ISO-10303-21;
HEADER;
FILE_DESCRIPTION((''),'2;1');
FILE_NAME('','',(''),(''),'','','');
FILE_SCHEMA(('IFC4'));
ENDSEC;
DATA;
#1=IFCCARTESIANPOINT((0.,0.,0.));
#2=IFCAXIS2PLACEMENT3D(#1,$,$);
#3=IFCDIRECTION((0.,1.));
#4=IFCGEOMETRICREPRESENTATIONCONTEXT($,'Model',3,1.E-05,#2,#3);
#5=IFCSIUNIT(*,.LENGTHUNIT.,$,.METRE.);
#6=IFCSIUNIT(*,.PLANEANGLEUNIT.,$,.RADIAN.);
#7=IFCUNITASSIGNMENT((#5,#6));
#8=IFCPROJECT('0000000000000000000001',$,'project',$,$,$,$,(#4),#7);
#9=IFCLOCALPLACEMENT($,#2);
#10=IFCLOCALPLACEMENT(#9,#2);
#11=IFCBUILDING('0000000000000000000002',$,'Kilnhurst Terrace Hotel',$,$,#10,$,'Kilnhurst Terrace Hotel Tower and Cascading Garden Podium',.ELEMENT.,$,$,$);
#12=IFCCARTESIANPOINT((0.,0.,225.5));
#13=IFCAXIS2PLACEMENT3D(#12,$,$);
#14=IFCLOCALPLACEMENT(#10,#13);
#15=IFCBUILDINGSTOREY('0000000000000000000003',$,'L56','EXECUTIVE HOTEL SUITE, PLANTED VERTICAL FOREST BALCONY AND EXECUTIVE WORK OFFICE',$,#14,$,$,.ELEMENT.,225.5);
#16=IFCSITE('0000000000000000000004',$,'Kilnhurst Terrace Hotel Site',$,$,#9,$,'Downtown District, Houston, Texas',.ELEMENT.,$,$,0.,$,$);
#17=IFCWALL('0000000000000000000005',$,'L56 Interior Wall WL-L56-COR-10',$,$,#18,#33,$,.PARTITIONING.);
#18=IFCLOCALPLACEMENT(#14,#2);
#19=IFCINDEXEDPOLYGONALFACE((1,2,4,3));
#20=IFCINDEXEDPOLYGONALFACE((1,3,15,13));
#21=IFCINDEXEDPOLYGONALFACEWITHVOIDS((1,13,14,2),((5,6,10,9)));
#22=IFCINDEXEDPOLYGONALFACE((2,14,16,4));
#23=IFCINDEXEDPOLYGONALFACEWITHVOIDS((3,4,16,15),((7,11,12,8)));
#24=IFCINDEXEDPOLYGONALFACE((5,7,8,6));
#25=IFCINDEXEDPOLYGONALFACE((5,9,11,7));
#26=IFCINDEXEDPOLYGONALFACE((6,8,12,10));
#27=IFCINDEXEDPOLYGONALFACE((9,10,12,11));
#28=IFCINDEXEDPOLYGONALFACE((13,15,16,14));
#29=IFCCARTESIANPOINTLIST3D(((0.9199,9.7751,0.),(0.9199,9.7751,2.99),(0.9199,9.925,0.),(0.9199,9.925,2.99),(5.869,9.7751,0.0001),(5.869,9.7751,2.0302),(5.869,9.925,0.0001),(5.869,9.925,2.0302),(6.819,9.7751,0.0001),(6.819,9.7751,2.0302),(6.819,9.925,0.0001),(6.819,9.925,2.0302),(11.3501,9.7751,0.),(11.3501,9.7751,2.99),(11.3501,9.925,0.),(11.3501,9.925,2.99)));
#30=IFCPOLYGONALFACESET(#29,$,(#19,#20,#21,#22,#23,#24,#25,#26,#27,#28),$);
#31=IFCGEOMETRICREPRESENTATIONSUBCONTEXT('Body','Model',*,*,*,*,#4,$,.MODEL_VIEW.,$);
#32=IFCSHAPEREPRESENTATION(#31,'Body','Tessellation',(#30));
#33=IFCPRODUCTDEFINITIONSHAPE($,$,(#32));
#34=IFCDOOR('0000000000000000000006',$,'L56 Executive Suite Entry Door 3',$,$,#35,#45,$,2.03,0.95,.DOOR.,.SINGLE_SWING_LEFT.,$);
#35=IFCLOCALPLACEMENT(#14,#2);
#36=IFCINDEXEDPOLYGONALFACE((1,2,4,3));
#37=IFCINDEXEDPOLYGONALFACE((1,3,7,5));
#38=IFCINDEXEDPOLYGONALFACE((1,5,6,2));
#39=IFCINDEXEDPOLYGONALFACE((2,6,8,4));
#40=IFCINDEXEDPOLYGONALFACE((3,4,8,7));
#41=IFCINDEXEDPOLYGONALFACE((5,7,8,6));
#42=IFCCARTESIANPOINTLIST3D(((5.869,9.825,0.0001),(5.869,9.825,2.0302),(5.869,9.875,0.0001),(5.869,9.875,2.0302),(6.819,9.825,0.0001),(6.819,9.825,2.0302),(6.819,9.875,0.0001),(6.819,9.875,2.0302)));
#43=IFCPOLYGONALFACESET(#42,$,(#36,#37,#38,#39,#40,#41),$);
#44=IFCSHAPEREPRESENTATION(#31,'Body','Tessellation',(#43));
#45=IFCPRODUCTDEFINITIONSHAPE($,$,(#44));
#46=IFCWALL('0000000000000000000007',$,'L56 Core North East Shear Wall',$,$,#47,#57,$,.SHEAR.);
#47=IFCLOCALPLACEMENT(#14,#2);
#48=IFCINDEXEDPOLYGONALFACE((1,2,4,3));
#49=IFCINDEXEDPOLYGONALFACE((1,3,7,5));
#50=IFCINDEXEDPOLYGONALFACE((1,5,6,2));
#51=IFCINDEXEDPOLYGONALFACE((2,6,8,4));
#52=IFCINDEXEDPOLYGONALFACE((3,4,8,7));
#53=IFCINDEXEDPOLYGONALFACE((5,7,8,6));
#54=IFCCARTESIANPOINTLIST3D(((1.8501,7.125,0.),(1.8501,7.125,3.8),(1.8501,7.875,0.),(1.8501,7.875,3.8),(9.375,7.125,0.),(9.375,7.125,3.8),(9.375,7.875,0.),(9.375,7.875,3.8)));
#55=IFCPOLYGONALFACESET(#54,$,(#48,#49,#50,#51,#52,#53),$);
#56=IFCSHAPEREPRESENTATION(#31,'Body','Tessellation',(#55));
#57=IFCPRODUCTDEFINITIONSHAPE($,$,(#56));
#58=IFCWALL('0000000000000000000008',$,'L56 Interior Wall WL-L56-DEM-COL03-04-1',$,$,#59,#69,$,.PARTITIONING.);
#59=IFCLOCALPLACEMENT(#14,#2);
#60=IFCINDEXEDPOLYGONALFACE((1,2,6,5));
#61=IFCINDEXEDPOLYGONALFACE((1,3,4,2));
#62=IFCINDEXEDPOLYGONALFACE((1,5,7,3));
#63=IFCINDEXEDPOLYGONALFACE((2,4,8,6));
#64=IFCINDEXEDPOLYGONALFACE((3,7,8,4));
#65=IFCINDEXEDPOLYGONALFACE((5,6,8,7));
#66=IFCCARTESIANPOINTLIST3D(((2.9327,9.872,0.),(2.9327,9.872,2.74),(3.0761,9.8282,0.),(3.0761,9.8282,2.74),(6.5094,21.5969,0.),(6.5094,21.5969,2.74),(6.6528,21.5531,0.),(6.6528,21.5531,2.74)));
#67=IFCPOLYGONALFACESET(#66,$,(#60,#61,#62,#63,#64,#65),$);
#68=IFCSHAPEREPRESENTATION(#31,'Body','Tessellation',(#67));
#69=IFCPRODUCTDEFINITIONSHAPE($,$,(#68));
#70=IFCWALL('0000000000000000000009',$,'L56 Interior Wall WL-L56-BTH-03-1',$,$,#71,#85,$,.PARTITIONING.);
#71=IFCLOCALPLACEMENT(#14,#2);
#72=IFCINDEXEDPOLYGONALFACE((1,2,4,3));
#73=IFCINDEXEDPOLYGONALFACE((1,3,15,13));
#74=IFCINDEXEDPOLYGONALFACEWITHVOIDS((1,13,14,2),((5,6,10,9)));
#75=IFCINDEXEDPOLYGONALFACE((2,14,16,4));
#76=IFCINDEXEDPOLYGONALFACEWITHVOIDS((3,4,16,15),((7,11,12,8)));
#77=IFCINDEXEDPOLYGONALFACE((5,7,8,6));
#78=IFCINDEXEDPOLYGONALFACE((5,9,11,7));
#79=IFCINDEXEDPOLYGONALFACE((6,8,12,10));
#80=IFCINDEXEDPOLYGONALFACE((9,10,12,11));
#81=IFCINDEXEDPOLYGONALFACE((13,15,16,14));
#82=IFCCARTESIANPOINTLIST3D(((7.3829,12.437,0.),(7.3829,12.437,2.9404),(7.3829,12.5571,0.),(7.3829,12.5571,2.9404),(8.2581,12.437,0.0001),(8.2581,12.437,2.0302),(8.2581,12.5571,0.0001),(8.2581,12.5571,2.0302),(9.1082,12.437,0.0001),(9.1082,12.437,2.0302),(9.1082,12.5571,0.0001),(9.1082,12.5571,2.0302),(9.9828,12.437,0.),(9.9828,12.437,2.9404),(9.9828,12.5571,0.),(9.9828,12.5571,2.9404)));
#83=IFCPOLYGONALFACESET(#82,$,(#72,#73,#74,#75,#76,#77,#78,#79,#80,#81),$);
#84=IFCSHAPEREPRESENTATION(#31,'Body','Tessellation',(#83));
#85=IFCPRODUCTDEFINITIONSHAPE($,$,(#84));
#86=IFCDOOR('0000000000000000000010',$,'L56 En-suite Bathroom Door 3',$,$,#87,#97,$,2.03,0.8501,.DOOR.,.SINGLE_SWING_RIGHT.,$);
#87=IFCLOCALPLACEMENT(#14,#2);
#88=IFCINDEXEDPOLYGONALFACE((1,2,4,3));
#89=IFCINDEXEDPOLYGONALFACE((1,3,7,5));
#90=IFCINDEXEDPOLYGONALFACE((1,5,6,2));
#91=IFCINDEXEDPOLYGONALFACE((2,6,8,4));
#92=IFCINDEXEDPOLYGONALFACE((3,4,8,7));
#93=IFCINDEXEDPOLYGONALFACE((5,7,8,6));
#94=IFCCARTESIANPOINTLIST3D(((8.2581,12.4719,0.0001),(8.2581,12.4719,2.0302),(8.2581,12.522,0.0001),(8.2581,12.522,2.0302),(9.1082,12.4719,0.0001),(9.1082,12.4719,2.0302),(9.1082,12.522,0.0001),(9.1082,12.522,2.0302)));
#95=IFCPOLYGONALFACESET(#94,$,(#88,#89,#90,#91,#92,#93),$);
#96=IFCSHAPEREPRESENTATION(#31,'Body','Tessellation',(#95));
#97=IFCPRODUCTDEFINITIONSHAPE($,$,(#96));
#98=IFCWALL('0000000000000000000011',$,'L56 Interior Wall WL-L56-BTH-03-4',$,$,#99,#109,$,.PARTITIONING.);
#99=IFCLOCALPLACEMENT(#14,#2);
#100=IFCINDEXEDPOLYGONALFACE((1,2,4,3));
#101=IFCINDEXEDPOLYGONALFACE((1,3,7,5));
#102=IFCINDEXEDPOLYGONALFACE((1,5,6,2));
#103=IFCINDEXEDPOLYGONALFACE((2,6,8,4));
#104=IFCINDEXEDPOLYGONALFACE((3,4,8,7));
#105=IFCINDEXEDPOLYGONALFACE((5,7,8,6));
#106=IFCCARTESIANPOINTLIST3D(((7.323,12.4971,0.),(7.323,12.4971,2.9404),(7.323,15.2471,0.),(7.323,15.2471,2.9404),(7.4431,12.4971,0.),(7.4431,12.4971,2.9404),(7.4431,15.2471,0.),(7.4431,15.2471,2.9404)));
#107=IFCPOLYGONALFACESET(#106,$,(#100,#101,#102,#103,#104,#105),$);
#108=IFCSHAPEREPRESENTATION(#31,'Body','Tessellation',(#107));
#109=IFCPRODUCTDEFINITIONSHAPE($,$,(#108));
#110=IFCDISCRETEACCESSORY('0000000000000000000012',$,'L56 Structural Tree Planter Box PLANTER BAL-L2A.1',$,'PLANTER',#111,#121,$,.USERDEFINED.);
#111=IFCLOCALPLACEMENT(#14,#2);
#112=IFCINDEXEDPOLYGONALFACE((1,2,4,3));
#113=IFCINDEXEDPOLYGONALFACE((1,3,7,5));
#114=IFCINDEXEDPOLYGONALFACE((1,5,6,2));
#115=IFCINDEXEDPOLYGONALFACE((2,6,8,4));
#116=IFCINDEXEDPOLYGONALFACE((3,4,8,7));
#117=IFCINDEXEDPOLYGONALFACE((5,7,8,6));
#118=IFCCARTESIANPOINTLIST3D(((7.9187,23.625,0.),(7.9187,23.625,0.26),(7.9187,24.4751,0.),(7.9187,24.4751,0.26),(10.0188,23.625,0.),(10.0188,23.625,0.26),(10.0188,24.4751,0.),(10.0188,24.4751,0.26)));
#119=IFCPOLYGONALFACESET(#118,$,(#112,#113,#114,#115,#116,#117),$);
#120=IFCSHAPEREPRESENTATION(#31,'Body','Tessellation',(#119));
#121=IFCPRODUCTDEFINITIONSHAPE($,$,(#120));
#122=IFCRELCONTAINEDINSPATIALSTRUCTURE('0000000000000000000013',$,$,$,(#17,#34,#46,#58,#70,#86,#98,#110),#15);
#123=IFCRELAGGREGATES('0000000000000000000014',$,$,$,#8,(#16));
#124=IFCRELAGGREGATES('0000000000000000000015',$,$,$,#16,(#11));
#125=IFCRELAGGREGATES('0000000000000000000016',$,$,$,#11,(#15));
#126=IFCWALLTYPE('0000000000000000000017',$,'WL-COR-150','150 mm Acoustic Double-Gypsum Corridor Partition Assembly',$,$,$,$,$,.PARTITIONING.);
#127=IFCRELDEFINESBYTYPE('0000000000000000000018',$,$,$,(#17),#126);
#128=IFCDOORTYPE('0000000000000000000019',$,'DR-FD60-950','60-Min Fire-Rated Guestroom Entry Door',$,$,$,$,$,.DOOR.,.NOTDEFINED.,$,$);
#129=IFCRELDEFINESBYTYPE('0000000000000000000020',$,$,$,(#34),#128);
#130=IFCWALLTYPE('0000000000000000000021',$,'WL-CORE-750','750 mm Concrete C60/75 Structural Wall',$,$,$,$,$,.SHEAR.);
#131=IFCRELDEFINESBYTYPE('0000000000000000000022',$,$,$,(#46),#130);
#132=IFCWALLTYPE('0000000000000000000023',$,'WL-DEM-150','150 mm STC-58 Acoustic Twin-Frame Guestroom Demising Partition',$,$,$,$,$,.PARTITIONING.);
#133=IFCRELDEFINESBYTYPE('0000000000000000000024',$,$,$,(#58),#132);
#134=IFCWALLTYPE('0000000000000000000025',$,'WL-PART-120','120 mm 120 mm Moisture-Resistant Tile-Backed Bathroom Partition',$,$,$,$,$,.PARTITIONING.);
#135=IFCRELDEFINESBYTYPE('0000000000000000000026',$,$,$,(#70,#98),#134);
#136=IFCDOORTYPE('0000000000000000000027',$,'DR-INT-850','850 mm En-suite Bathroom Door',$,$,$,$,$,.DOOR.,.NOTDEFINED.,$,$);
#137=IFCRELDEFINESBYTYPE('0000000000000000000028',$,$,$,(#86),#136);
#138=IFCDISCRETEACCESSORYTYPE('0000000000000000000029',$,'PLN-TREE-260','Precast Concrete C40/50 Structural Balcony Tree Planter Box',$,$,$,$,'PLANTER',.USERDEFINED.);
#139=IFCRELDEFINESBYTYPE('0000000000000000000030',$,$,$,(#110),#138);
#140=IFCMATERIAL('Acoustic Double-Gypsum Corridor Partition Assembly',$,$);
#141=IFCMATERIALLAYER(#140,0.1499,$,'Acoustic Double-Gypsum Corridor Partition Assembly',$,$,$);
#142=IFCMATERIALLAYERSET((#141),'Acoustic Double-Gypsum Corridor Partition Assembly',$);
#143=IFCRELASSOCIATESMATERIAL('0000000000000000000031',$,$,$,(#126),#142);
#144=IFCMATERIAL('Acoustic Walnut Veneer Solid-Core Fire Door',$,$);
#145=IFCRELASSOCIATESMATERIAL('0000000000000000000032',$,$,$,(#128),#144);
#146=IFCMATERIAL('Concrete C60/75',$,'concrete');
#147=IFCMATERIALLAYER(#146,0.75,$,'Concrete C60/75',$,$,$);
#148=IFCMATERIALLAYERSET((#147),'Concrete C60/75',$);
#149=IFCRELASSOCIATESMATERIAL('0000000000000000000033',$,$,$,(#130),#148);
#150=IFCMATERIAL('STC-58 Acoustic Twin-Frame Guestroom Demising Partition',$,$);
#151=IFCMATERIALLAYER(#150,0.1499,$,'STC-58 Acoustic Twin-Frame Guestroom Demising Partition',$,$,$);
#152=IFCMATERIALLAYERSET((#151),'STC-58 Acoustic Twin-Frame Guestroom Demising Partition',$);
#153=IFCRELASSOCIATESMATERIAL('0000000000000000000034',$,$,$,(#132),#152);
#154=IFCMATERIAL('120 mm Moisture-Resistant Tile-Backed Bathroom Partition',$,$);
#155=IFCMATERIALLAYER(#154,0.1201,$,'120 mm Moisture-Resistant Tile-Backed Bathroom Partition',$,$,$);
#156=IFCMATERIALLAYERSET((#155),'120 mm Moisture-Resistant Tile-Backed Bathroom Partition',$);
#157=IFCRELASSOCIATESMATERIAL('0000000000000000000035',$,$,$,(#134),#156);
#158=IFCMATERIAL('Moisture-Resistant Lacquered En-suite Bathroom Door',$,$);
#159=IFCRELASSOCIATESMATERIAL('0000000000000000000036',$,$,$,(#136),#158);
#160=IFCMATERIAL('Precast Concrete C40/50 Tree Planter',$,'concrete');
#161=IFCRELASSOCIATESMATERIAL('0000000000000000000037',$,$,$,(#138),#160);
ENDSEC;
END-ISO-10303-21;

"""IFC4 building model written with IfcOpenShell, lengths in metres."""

from ifc_helpers import new_model, si_unit, direction, frame, frame_2d, origin, origin_2d, place, context, subcontext, project, spatial, rectangle, extrude, material, layer, layer_set, type_object, element, fill, save


model = new_model("IFC4")

# Units and contexts
model_context = context("Model", 3, precision=1e-05, world=origin(), true_north=direction((0.0, 1.0)))
body_context = subcontext(model_context, "Body", "Model", "MODEL_VIEW")
ifc_project = project(units=[si_unit("LENGTHUNIT", "METRE"), si_unit("PLANEANGLEUNIT", "RADIAN")], contexts=[model_context])

# Site, building, storey
site_placement = place(None, origin())
site = spatial("IfcSite", under=ifc_project, at=site_placement, Name="Kilnhurst Terrace Hotel Site", LongName="Downtown District, Houston, Texas", CompositionType="ELEMENT", RefElevation=0.0)
building_placement = place(site_placement, origin())
building = spatial("IfcBuilding", under=site, at=building_placement, Name="Kilnhurst Terrace Hotel", LongName="Kilnhurst Terrace Hotel Tower and Cascading Garden Podium", CompositionType="ELEMENT")
storey_placement = place(building_placement, frame((0.0, 0.0, 225.5)))
storey = spatial("IfcBuildingStorey", under=building, at=storey_placement, Name="L56", Description="EXECUTIVE HOTEL SUITE, PLANTED VERTICAL FOREST BALCONY AND EXECUTIVE WORK OFFICE", CompositionType="ELEMENT", Elevation=225.5)

# Shared definitions
ifc_material_1 = material(Name="Concrete C60/75", Category="concrete")

# Shared definitions
ifc_material_2 = material(Name="Acoustic Double-Gypsum Corridor Partition Assembly")
ifc_layer_1 = layer(ifc_material_2, 0.1499, Name="Acoustic Double-Gypsum Corridor Partition Assembly")
ifc_layer_set_1 = layer_set([ifc_layer_1], Name="Acoustic Double-Gypsum Corridor Partition Assembly")
wall_type_1 = type_object("IfcWallType", Name="WL-COR-150", Description="150 mm Acoustic Double-Gypsum Corridor Partition Assembly", PredefinedType="PARTITIONING", material=ifc_layer_set_1)

# Wall, opening, door
wall_1_placement = place(storey_placement, frame((0.9199, 9.8501, 0.0), z_axis=(0.0, 0.0, 1.0), x_axis=(1.0, 0.0, 0.0)))
wall_1 = element("IfcWall", 1, at=wall_1_placement, inside=storey, type_object=wall_type_1, Name="L56 Interior Wall WL-L56-COR-10", PredefinedType="PARTITIONING", context=body_context, shape_type="SweptSolid", body=[
    extrude(rectangle(XDim=10.4302, YDim=0.1499, at=frame_2d((5.2151, 0.0))), origin(), (0.0, 0.0, 1.0), 2.99),
])
opening_1_placement = place(wall_1_placement, frame((4.949, 0.0, 0.0)))
opening_1 = element("IfcOpeningElement", 2, at=opening_1_placement, cuts=wall_1, PredefinedType="OPENING", context=body_context, shape_type="SweptSolid", body=[
    extrude(rectangle(XDim=0.95, YDim=2.03, at=frame_2d((0.4751, 1.0151))), frame((0.0, 0.085, 0.0), z_axis=(0.0, -1.0, 0.0), x_axis=(1.0, 0.0, 0.0)), (0.0, 0.0, 1.0), 0.1699),
])
ifc_material_3 = material(Name="Acoustic Walnut Veneer Solid-Core Fire Door")
door_type_1 = type_object("IfcDoorType", Name="DR-FD60-950", Description="60-Min Fire-Rated Guestroom Entry Door", OperationType="NOTDEFINED", PredefinedType="DOOR", material=ifc_material_3)
door_1_placement = place(opening_1_placement, origin())
door_1 = element("IfcDoor", 3, at=door_1_placement, inside=storey, type_object=door_type_1, Name="L56 Executive Suite Entry Door 3", OperationType="SINGLE_SWING_LEFT", OverallHeight=2.03, OverallWidth=0.95, PredefinedType="DOOR", context=body_context, shape_type="SweptSolid", body=[
    extrude(rectangle(XDim=0.95, YDim=2.03, at=frame_2d((0.4751, 1.0151))), frame((0.0, 0.0249, 0.0), z_axis=(0.0, -1.0, 0.0), x_axis=(1.0, 0.0, 0.0)), (0.0, 0.0, 1.0), 0.05),
])
fill(opening_1, door_1)

# Walls
ifc_layer_2 = layer(ifc_material_1, 0.75, Name="Concrete C60/75")
ifc_layer_set_2 = layer_set([ifc_layer_2], Name="Concrete C60/75")
wall_type_2 = type_object("IfcWallType", Name="WL-CORE-750", Description="750 mm Concrete C60/75 Structural Wall", PredefinedType="SHEAR", material=ifc_layer_set_2)
wall_2_placement = place(storey_placement, frame((1.8501, 7.5, 0.0), z_axis=(0.0, 0.0, 1.0), x_axis=(1.0, 0.0, 0.0)))
element("IfcWall", 4, at=wall_2_placement, inside=storey, type_object=wall_type_2, Name="L56 Core North East Shear Wall", PredefinedType="SHEAR", context=body_context, shape_type="SweptSolid", body=[
    extrude(rectangle(XDim=7.5249, YDim=0.75, at=frame_2d((3.7625, 0.0))), origin(), (0.0, 0.0, 1.0), 3.8),
])
ifc_material_4 = material(Name="STC-58 Acoustic Twin-Frame Guestroom Demising Partition")
ifc_layer_3 = layer(ifc_material_4, 0.1499, Name="STC-58 Acoustic Twin-Frame Guestroom Demising Partition")
ifc_layer_set_3 = layer_set([ifc_layer_3], Name="STC-58 Acoustic Twin-Frame Guestroom Demising Partition")
wall_type_3 = type_object("IfcWallType", Name="WL-DEM-150", Description="150 mm STC-58 Acoustic Twin-Frame Guestroom Demising Partition", PredefinedType="PARTITIONING", material=ifc_layer_set_3)
wall_3_placement = place(storey_placement, frame((3.0044, 9.8501, 0.0), z_axis=(0.0, 0.0, 1.0), x_axis=(0.291776, 0.956487, 0.0)))
element("IfcWall", 5, at=wall_3_placement, inside=storey, type_object=wall_type_3, Name="L56 Interior Wall WL-L56-DEM-COL03-04-1", PredefinedType="PARTITIONING", context=body_context, shape_type="SweptSolid", body=[
    extrude(rectangle(XDim=12.2583, YDim=0.1499, at=frame_2d((6.1292, 0.0))), origin(), (0.0, 0.0, 1.0), 2.74),
])

# Wall, opening, door
ifc_material_5 = material(Name="120 mm Moisture-Resistant Tile-Backed Bathroom Partition")
ifc_layer_4 = layer(ifc_material_5, 0.1201, Name="120 mm Moisture-Resistant Tile-Backed Bathroom Partition")
ifc_layer_set_4 = layer_set([ifc_layer_4], Name="120 mm Moisture-Resistant Tile-Backed Bathroom Partition")
wall_type_4 = type_object("IfcWallType", Name="WL-PART-120", Description="120 mm 120 mm Moisture-Resistant Tile-Backed Bathroom Partition", PredefinedType="PARTITIONING", material=ifc_layer_set_4)
wall_4_placement = place(storey_placement, frame((7.3831, 12.4971, 0.0), z_axis=(0.0, 0.0, 1.0), x_axis=(1.0, 0.0, 0.0)))
wall_4 = element("IfcWall", 6, at=wall_4_placement, inside=storey, type_object=wall_type_4, Name="L56 Interior Wall WL-L56-BTH-03-1", PredefinedType="PARTITIONING", context=body_context, shape_type="SweptSolid", body=[
    extrude(rectangle(XDim=2.5999, YDim=0.1201, at=frame_2d((1.2998, 0.0))), origin(), (0.0, 0.0, 1.0), 2.9404),
])
opening_2_placement = place(wall_4_placement, frame((0.875, 0.0, 0.0)))
opening_2 = element("IfcOpeningElement", 7, at=opening_2_placement, cuts=wall_4, PredefinedType="OPENING", context=body_context, shape_type="SweptSolid", body=[
    extrude(rectangle(XDim=0.8501, YDim=2.03, at=frame_2d((0.425, 1.0151))), frame((0.0, 0.0701, 0.0), z_axis=(0.0, -1.0, 0.0), x_axis=(1.0, 0.0, 0.0)), (0.0, 0.0, 1.0), 0.1401),
])
ifc_material_6 = material(Name="Moisture-Resistant Lacquered En-suite Bathroom Door")
door_type_2 = type_object("IfcDoorType", Name="DR-INT-850", Description="850 mm En-suite Bathroom Door", OperationType="NOTDEFINED", PredefinedType="DOOR", material=ifc_material_6)
door_2_placement = place(opening_2_placement, origin())
door_2 = element("IfcDoor", 8, at=door_2_placement, inside=storey, type_object=door_type_2, Name="L56 En-suite Bathroom Door 3", OperationType="SINGLE_SWING_RIGHT", OverallHeight=2.03, OverallWidth=0.8501, PredefinedType="DOOR", context=body_context, shape_type="SweptSolid", body=[
    extrude(rectangle(XDim=0.8501, YDim=2.03, at=frame_2d((0.425, 1.0151))), frame((0.0, 0.0249, 0.0), z_axis=(0.0, -1.0, 0.0), x_axis=(1.0, 0.0, 0.0)), (0.0, 0.0, 1.0), 0.05),
])
fill(opening_2, door_2)

# Wall
wall_5_placement = place(storey_placement, frame((7.3831, 15.2471, 0.0), z_axis=(0.0, 0.0, 1.0), x_axis=(0.0, -1.0, 0.0)))
element("IfcWall", 9, at=wall_5_placement, inside=storey, type_object=wall_type_4, Name="L56 Interior Wall WL-L56-BTH-03-4", PredefinedType="PARTITIONING", context=body_context, shape_type="SweptSolid", body=[
    extrude(rectangle(XDim=2.75, YDim=0.1201, at=frame_2d((1.375, 0.0))), origin(), (0.0, 0.0, 1.0), 2.9404),
])

# Discrete accessory
ifc_material_7 = material(Name="Precast Concrete C40/50 Tree Planter", Category="concrete")
discrete_accessory_type = type_object("IfcDiscreteAccessoryType", Name="PLN-TREE-260", Description="Precast Concrete C40/50 Structural Balcony Tree Planter Box", ElementType="PLANTER", PredefinedType="USERDEFINED", material=ifc_material_7)
discrete_accessory_placement = place(storey_placement, frame((8.9688, 24.05, 0.0), z_axis=(0.0, 0.0, 1.0), x_axis=(-1.0, 0.0, 0.0)))
element("IfcDiscreteAccessory", 10, at=discrete_accessory_placement, inside=storey, type_object=discrete_accessory_type, Name="L56 Structural Tree Planter Box PLANTER BAL-L2A.1", ObjectType="PLANTER", PredefinedType="USERDEFINED", context=body_context, shape_type="SweptSolid", body=[
    extrude(rectangle(XDim=2.1001, YDim=0.8501, at=origin_2d()), origin(), (0.0, 0.0, 1.0), 0.26),
])

save(model, "model.ifc")
